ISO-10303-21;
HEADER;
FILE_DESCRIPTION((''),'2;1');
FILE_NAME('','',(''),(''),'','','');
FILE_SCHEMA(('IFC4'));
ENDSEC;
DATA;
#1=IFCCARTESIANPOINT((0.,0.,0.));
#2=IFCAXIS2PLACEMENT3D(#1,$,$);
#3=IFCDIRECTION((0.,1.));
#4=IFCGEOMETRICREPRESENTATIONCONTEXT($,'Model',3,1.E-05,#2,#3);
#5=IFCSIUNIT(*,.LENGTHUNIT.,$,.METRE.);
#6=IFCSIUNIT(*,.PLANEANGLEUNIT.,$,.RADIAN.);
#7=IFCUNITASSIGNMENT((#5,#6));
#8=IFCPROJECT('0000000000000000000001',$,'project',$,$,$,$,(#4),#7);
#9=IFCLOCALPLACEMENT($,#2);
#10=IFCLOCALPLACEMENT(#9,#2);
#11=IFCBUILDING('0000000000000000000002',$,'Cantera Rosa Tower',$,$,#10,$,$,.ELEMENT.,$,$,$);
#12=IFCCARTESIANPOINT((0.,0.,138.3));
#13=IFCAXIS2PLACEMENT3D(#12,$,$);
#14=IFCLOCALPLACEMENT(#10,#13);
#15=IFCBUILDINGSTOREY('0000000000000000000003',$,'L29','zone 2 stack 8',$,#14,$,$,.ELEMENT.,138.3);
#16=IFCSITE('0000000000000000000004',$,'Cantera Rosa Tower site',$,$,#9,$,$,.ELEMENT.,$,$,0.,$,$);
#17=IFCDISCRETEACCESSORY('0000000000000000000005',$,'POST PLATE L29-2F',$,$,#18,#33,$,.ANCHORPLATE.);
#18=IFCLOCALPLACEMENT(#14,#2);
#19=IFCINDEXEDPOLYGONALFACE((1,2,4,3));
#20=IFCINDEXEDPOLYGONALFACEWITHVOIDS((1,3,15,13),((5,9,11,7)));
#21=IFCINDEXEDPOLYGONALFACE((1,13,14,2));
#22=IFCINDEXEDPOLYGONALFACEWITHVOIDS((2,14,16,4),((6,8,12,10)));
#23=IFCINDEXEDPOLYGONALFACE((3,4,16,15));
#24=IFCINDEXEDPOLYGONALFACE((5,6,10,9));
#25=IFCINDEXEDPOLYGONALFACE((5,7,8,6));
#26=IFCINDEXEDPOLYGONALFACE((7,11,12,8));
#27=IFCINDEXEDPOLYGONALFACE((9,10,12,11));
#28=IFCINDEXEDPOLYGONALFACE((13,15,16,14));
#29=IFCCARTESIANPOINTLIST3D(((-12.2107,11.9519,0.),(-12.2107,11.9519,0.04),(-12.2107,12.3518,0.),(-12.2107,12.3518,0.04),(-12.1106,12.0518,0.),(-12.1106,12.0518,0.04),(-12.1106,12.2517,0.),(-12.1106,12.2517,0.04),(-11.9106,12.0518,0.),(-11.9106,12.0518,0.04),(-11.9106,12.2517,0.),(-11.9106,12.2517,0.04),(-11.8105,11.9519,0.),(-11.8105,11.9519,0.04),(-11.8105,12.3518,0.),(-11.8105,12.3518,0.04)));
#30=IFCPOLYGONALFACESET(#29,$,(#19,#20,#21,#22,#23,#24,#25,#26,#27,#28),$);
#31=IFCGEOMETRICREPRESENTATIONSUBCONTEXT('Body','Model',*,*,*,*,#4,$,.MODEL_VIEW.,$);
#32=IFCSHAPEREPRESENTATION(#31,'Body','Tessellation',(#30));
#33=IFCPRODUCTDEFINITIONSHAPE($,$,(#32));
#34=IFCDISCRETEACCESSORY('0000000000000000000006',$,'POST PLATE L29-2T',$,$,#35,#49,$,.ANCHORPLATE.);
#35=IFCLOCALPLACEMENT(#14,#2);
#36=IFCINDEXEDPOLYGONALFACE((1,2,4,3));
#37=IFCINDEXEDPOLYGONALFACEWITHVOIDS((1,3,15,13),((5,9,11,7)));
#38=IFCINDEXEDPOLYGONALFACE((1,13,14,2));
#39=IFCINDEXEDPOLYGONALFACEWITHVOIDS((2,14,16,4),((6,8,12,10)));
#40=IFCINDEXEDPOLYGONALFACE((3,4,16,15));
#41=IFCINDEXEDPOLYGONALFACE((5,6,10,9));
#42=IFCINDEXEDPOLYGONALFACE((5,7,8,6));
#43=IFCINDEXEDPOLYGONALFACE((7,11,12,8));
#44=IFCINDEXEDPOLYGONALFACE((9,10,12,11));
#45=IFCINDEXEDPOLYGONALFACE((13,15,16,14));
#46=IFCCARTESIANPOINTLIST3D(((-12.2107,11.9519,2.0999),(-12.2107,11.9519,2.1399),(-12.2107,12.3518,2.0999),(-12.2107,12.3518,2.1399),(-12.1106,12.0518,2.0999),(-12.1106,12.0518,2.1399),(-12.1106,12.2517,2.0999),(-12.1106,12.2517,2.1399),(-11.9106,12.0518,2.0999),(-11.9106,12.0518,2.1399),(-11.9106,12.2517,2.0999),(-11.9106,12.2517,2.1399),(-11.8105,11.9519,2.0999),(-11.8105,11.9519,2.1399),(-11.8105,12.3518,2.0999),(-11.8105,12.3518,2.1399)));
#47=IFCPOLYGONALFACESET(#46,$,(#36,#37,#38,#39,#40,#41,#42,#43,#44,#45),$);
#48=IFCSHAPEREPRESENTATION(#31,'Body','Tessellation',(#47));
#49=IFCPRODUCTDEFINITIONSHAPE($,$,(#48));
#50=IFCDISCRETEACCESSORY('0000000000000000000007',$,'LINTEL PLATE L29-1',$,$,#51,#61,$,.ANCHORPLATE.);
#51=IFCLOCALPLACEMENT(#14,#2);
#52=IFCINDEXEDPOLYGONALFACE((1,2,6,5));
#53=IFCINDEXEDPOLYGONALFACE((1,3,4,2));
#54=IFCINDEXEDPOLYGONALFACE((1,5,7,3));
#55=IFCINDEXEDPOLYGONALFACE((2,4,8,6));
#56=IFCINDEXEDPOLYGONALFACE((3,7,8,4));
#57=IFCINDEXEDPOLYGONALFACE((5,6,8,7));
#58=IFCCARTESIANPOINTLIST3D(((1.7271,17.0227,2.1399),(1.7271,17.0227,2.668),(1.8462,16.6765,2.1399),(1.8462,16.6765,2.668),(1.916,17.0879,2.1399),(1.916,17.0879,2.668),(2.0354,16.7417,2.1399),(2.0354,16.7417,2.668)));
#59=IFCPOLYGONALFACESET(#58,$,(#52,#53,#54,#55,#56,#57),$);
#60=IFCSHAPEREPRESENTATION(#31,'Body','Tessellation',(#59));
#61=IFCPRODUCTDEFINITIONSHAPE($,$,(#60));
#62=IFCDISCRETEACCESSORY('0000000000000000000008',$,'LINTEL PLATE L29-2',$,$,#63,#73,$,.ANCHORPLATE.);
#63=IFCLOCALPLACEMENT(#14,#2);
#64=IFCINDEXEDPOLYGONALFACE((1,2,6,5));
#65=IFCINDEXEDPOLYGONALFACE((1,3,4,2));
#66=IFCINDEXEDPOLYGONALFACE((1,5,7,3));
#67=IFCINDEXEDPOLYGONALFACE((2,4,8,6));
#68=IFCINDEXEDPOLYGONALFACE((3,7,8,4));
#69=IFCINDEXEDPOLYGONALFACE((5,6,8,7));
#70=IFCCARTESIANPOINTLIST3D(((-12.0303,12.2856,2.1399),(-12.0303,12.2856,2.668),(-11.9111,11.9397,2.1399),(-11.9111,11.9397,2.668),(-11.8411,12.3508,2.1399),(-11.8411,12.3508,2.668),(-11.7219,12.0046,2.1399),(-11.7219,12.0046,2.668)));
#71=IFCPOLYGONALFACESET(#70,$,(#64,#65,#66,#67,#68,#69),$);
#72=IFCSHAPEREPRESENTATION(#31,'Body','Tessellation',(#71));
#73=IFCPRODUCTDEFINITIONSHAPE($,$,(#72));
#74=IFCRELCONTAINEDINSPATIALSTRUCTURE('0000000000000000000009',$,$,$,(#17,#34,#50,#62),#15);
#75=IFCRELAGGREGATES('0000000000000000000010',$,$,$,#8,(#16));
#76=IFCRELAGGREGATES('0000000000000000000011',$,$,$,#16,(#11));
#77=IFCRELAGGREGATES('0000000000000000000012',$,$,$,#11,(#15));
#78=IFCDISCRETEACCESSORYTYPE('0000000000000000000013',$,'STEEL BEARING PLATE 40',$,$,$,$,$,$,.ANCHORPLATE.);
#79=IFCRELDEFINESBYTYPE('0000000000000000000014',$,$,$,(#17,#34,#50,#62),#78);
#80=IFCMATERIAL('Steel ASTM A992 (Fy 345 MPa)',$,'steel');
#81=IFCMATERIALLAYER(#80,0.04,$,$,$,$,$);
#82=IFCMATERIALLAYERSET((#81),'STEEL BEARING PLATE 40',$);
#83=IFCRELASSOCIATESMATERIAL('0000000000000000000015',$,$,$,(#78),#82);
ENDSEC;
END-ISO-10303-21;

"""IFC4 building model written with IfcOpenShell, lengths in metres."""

from ifc_helpers import new_model, si_unit, direction, frame, origin, place, context, subcontext, project, spatial, polyline, outline, extrude, material, layer, layer_set, type_object, element, save


model = new_model("IFC4")

# Units and contexts
model_context = context("Model", 3, precision=1e-05, world=origin(), true_north=direction((0.0, 1.0)))
body_context = subcontext(model_context, "Body", "Model", "MODEL_VIEW")
ifc_project = project(units=[si_unit("LENGTHUNIT", "METRE"), si_unit("PLANEANGLEUNIT", "RADIAN")], contexts=[model_context])

# Site, building, storey
site_placement = place(None, origin())
site = spatial("IfcSite", under=ifc_project, at=site_placement, Name="Cantera Rosa Tower site", CompositionType="ELEMENT", RefElevation=0.0)
building_placement = place(site_placement, origin())
building = spatial("IfcBuilding", under=site, at=building_placement, Name="Cantera Rosa Tower", CompositionType="ELEMENT")
storey_placement = place(building_placement, frame((0.0, 0.0, 138.3)))
storey = spatial("IfcBuildingStorey", under=building, at=storey_placement, Name="L29", Description="zone 2 stack 8", CompositionType="ELEMENT", Elevation=138.3)

# Discrete accessories
ifc_material_1 = material(Name="Steel ASTM A992 (Fy 345 MPa)", Category="steel")
ifc_layer_1 = layer(ifc_material_1, 0.04)
ifc_layer_set_1 = layer_set([ifc_layer_1], Name="STEEL BEARING PLATE 40")
discrete_accessory_type = type_object("IfcDiscreteAccessoryType", Name="STEEL BEARING PLATE 40", PredefinedType="ANCHORPLATE", material=ifc_layer_set_1)
for number, where, name in (
    (1, (0.0, 0.0, 0.0), "POST PLATE L29-2F"),
    (2, (0.0, 0.0, 2.0999), "POST PLATE L29-2T"),
):
    element("IfcDiscreteAccessory", number, at=place(storey_placement, frame(where)), inside=storey, type_object=discrete_accessory_type, Name=name, PredefinedType="ANCHORPLATE", context=body_context, shape_type="SweptSolid", body=[
        extrude(outline(polyline([(-12.2107, 11.9519), (-11.8105, 11.9519), (-11.8105, 12.3518), (-12.2107, 12.3518), (-12.2107, 11.9519)]), holes=[polyline([(-12.1106, 12.0518), (-11.9106, 12.0518), (-11.9106, 12.2517), (-12.1106, 12.2517), (-12.1106, 12.0518)])]), origin(), (0.0, 0.0, 1.0), 0.04),
    ])
discrete_accessory_1_placement = place(storey_placement, frame((0.0, 0.0, 2.1399)))
element("IfcDiscreteAccessory", 3, at=discrete_accessory_1_placement, inside=storey, type_object=discrete_accessory_type, Name="LINTEL PLATE L29-1", PredefinedType="ANCHORPLATE", context=body_context, shape_type="SweptSolid", body=[
    extrude(outline(polyline([(1.8462, 16.6765), (2.0354, 16.7417), (1.916, 17.0879), (1.7271, 17.0227), (1.8462, 16.6765)])), origin(), (0.0, 0.0, 1.0), 0.5281),
])
discrete_accessory_2_placement = place(storey_placement, frame((0.0, 0.0, 2.1399)))
element("IfcDiscreteAccessory", 4, at=discrete_accessory_2_placement, inside=storey, type_object=discrete_accessory_type, Name="LINTEL PLATE L29-2", PredefinedType="ANCHORPLATE", context=body_context, shape_type="SweptSolid", body=[
    extrude(outline(polyline([(-11.8411, 12.3508), (-12.0303, 12.2856), (-11.9111, 11.9397), (-11.7219, 12.0046), (-11.8411, 12.3508)])), origin(), (0.0, 0.0, 1.0), 0.5281),
])

save(model, "model.ifc")
